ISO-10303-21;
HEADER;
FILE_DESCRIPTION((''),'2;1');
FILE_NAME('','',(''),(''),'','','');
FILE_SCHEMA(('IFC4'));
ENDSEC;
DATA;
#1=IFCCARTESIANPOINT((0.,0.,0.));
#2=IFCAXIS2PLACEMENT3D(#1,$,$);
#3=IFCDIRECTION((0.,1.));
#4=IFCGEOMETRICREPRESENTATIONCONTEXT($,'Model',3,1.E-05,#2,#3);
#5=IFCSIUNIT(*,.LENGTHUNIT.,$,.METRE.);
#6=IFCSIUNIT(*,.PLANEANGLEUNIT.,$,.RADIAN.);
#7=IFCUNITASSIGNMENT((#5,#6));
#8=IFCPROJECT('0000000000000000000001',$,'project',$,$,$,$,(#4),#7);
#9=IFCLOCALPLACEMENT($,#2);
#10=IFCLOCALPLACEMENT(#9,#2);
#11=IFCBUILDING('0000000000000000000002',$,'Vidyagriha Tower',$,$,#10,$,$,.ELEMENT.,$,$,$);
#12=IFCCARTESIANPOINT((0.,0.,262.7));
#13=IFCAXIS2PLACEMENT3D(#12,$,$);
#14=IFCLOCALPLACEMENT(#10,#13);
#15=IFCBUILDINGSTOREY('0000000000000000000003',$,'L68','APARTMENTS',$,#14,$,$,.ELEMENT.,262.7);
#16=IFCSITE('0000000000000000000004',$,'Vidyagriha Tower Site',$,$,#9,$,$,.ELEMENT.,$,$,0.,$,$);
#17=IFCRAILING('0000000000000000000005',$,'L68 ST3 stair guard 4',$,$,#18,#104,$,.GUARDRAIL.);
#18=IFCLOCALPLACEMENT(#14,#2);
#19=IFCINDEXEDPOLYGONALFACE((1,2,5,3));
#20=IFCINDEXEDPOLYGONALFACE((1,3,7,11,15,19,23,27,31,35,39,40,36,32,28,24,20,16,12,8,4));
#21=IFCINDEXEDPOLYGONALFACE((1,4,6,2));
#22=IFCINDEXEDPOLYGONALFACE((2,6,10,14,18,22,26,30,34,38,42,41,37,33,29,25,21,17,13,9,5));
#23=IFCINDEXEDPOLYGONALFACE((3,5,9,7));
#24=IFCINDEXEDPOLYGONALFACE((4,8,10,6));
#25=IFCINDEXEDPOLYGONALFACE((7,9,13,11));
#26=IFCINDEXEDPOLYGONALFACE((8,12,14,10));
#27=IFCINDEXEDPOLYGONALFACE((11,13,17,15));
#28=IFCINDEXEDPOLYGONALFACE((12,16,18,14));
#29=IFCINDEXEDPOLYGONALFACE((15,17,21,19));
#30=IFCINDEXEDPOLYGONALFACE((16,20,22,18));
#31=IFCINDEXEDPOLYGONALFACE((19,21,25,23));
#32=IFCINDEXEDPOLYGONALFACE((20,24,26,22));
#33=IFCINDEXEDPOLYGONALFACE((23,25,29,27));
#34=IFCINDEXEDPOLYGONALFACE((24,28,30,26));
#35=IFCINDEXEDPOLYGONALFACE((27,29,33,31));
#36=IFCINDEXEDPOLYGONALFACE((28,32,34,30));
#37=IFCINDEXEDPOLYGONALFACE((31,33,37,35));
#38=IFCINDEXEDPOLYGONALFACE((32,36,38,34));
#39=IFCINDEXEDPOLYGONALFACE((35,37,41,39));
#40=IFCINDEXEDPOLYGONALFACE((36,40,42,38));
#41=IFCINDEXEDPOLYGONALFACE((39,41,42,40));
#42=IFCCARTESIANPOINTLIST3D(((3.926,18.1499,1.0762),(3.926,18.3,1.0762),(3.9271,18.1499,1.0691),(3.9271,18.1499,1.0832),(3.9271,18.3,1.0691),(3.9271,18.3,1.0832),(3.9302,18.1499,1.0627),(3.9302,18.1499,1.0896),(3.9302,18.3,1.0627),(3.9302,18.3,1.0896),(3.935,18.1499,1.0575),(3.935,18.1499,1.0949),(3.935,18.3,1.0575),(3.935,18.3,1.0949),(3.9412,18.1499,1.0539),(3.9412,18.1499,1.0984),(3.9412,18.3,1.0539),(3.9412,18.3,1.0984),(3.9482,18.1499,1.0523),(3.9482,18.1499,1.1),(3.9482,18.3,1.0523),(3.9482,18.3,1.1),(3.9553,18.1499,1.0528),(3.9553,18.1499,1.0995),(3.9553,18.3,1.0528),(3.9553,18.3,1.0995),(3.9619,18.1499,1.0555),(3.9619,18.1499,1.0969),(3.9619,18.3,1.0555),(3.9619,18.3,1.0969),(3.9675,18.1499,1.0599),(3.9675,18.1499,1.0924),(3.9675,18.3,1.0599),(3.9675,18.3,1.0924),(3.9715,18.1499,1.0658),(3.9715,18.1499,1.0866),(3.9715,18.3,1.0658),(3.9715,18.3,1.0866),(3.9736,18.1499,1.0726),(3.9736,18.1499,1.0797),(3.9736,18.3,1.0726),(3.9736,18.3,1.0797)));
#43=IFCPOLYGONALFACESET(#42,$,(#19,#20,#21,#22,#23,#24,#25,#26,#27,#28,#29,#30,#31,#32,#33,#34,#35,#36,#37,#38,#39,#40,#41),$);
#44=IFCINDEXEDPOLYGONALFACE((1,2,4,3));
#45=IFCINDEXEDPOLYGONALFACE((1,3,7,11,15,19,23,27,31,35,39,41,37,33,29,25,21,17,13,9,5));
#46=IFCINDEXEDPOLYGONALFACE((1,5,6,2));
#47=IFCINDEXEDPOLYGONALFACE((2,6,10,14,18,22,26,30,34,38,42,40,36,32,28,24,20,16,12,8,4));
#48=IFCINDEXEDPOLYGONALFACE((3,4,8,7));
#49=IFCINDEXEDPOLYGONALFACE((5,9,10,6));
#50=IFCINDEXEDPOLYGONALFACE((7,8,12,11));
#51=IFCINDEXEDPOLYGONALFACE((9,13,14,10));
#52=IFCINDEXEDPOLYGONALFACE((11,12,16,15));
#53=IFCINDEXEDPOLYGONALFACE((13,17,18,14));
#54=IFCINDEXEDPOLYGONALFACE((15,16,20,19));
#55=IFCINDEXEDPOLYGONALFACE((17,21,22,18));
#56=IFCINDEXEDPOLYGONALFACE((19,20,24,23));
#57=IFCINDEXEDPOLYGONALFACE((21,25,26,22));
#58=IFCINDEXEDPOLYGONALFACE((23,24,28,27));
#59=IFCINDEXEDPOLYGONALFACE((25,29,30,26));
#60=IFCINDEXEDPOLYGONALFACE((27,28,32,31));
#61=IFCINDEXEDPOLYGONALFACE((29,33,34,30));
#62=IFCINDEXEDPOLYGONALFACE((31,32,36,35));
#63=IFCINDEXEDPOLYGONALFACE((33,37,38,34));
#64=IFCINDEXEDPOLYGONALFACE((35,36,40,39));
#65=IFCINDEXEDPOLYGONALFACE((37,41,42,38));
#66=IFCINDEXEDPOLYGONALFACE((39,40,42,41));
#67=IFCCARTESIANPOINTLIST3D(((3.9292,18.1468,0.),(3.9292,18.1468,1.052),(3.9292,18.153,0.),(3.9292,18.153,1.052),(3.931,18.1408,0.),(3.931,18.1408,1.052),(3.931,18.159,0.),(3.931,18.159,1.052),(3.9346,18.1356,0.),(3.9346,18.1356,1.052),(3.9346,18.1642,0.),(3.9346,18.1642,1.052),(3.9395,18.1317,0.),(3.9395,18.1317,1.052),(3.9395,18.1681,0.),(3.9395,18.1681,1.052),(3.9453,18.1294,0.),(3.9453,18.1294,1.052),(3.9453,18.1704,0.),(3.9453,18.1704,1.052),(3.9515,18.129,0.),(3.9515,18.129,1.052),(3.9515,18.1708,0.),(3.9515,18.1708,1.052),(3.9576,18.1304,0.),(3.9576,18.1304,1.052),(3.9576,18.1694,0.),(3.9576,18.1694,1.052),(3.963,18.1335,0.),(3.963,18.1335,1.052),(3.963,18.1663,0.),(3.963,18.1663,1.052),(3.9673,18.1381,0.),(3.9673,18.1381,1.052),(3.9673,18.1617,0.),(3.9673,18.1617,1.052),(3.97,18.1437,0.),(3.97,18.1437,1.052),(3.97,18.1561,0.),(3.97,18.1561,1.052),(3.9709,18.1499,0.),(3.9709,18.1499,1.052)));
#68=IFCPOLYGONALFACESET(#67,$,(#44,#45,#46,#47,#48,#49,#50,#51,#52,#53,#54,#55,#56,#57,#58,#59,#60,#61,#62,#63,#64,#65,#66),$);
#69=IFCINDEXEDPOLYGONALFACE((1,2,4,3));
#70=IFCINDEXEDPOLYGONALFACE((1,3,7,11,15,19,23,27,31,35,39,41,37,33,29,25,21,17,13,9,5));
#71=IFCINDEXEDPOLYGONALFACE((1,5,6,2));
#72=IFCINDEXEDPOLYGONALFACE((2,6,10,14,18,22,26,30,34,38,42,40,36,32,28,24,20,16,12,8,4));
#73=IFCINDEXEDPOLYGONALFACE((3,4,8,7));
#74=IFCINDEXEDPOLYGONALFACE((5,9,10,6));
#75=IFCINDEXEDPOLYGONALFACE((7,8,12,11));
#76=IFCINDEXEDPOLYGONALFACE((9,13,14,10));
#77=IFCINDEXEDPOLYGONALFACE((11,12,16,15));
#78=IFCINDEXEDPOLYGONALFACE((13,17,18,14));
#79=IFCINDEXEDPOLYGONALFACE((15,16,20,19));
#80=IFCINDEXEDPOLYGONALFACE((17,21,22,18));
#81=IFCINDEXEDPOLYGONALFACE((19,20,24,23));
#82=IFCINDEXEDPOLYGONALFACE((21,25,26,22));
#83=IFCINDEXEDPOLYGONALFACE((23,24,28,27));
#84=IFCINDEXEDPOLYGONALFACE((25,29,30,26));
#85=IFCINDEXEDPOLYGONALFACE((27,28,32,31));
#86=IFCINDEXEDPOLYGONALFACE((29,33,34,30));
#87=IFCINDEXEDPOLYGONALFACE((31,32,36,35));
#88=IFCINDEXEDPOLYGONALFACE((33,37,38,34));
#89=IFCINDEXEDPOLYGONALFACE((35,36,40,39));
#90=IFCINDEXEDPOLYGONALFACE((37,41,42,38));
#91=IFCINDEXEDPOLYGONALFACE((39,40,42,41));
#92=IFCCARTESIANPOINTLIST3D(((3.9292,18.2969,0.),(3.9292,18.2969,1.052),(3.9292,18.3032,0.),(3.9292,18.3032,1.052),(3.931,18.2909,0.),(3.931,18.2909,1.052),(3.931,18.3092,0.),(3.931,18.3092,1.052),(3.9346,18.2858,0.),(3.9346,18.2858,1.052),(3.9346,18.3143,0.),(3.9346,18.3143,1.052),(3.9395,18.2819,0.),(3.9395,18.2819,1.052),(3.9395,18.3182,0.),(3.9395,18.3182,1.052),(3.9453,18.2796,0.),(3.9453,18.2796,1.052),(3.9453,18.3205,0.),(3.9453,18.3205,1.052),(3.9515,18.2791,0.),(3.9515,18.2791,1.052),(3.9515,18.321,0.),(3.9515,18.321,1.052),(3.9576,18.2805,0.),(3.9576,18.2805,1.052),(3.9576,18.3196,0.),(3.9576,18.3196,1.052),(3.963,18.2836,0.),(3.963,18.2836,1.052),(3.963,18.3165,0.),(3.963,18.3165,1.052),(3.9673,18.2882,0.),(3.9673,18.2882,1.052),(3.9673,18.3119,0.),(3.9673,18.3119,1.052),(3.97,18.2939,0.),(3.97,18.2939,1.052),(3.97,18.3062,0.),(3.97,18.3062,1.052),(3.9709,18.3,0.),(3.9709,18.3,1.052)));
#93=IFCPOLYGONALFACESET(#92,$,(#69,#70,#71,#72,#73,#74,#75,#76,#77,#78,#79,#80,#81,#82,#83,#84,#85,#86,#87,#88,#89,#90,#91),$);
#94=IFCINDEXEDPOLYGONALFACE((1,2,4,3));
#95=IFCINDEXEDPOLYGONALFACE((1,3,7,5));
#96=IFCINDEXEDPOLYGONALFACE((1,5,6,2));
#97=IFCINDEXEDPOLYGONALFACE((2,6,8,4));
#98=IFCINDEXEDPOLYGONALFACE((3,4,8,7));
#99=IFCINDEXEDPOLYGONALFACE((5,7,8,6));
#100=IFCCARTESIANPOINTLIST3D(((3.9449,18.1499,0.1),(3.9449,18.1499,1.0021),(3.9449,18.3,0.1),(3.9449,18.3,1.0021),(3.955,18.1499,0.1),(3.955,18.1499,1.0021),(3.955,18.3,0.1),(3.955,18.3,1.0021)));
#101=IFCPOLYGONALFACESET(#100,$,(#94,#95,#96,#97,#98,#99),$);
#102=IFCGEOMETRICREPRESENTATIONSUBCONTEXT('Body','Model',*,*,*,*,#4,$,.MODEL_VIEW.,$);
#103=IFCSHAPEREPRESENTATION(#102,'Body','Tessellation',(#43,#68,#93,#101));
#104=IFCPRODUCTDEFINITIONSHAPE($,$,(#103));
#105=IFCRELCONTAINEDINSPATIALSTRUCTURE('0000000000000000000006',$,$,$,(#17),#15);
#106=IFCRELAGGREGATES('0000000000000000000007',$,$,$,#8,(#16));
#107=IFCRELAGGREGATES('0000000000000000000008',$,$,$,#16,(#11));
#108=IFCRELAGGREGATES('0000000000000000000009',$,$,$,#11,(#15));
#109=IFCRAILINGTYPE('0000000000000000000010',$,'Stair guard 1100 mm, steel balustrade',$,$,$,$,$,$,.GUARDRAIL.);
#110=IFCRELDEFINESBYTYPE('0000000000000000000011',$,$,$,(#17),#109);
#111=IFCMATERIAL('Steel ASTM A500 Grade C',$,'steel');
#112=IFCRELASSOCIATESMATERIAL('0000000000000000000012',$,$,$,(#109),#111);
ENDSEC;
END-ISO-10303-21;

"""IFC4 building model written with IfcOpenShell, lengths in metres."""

from ifc_helpers import new_model, si_unit, direction, frame, origin, origin_2d, place, context, subcontext, project, spatial, rectangle, circle, extrude, material, type_object, element, save


model = new_model("IFC4")

# Units and contexts
model_context = context("Model", 3, precision=1e-05, world=origin(), true_north=direction((0.0, 1.0)))
body_context = subcontext(model_context, "Body", "Model", "MODEL_VIEW")
ifc_project = project(units=[si_unit("LENGTHUNIT", "METRE"), si_unit("PLANEANGLEUNIT", "RADIAN")], contexts=[model_context])

# Site, building, storey
site_placement = place(None, origin())
site = spatial("IfcSite", under=ifc_project, at=site_placement, Name="Vidyagriha Tower Site", CompositionType="ELEMENT", RefElevation=0.0)
building_placement = place(site_placement, origin())
building = spatial("IfcBuilding", under=site, at=building_placement, Name="Vidyagriha Tower", CompositionType="ELEMENT")
storey_placement = place(building_placement, frame((0.0, 0.0, 262.7)))
storey = spatial("IfcBuildingStorey", under=building, at=storey_placement, Name="L68", Description="APARTMENTS", CompositionType="ELEMENT", Elevation=262.7)

# Railing
ifc_material_1 = material(Name="Steel ASTM A500 Grade C", Category="steel")
railing_type_1 = type_object("IfcRailingType", Name="Stair guard 1100 mm, steel balustrade", PredefinedType="GUARDRAIL", material=ifc_material_1)
railing_1_placement = place(storey_placement, frame((3.95, 18.1499, 0.0)))
element("IfcRailing", 1, at=railing_1_placement, inside=storey, type_object=railing_type_1, Name="L68 ST3 stair guard 4", PredefinedType="GUARDRAIL", context=body_context, shape_type="SweptSolid", body=[
    extrude(circle(Radius=0.0239, at=origin_2d()), frame((0.0, 0.0, 1.0762), z_axis=(0.0, 1.0, 0.0), x_axis=(-1.0, 0.0, 0.0)), (0.0, 0.0, 1.0), 0.1501),
    extrude(circle(Radius=0.021, at=origin_2d()), origin(), (0.0, 0.0, 1.0), 1.052),
    extrude(circle(Radius=0.021, at=origin_2d()), frame((0.0, 0.1501, 0.0)), (0.0, 0.0, 1.0), 1.052),
    extrude(rectangle(XDim=0.01, YDim=0.9021, at=origin_2d()), frame((0.0, 0.0, 0.551), z_axis=(0.0, 1.0, 0.0), x_axis=(-1.0, 0.0, 0.0)), (0.0, 0.0, 1.0), 0.1501),
])

save(model, "model.ifc")
